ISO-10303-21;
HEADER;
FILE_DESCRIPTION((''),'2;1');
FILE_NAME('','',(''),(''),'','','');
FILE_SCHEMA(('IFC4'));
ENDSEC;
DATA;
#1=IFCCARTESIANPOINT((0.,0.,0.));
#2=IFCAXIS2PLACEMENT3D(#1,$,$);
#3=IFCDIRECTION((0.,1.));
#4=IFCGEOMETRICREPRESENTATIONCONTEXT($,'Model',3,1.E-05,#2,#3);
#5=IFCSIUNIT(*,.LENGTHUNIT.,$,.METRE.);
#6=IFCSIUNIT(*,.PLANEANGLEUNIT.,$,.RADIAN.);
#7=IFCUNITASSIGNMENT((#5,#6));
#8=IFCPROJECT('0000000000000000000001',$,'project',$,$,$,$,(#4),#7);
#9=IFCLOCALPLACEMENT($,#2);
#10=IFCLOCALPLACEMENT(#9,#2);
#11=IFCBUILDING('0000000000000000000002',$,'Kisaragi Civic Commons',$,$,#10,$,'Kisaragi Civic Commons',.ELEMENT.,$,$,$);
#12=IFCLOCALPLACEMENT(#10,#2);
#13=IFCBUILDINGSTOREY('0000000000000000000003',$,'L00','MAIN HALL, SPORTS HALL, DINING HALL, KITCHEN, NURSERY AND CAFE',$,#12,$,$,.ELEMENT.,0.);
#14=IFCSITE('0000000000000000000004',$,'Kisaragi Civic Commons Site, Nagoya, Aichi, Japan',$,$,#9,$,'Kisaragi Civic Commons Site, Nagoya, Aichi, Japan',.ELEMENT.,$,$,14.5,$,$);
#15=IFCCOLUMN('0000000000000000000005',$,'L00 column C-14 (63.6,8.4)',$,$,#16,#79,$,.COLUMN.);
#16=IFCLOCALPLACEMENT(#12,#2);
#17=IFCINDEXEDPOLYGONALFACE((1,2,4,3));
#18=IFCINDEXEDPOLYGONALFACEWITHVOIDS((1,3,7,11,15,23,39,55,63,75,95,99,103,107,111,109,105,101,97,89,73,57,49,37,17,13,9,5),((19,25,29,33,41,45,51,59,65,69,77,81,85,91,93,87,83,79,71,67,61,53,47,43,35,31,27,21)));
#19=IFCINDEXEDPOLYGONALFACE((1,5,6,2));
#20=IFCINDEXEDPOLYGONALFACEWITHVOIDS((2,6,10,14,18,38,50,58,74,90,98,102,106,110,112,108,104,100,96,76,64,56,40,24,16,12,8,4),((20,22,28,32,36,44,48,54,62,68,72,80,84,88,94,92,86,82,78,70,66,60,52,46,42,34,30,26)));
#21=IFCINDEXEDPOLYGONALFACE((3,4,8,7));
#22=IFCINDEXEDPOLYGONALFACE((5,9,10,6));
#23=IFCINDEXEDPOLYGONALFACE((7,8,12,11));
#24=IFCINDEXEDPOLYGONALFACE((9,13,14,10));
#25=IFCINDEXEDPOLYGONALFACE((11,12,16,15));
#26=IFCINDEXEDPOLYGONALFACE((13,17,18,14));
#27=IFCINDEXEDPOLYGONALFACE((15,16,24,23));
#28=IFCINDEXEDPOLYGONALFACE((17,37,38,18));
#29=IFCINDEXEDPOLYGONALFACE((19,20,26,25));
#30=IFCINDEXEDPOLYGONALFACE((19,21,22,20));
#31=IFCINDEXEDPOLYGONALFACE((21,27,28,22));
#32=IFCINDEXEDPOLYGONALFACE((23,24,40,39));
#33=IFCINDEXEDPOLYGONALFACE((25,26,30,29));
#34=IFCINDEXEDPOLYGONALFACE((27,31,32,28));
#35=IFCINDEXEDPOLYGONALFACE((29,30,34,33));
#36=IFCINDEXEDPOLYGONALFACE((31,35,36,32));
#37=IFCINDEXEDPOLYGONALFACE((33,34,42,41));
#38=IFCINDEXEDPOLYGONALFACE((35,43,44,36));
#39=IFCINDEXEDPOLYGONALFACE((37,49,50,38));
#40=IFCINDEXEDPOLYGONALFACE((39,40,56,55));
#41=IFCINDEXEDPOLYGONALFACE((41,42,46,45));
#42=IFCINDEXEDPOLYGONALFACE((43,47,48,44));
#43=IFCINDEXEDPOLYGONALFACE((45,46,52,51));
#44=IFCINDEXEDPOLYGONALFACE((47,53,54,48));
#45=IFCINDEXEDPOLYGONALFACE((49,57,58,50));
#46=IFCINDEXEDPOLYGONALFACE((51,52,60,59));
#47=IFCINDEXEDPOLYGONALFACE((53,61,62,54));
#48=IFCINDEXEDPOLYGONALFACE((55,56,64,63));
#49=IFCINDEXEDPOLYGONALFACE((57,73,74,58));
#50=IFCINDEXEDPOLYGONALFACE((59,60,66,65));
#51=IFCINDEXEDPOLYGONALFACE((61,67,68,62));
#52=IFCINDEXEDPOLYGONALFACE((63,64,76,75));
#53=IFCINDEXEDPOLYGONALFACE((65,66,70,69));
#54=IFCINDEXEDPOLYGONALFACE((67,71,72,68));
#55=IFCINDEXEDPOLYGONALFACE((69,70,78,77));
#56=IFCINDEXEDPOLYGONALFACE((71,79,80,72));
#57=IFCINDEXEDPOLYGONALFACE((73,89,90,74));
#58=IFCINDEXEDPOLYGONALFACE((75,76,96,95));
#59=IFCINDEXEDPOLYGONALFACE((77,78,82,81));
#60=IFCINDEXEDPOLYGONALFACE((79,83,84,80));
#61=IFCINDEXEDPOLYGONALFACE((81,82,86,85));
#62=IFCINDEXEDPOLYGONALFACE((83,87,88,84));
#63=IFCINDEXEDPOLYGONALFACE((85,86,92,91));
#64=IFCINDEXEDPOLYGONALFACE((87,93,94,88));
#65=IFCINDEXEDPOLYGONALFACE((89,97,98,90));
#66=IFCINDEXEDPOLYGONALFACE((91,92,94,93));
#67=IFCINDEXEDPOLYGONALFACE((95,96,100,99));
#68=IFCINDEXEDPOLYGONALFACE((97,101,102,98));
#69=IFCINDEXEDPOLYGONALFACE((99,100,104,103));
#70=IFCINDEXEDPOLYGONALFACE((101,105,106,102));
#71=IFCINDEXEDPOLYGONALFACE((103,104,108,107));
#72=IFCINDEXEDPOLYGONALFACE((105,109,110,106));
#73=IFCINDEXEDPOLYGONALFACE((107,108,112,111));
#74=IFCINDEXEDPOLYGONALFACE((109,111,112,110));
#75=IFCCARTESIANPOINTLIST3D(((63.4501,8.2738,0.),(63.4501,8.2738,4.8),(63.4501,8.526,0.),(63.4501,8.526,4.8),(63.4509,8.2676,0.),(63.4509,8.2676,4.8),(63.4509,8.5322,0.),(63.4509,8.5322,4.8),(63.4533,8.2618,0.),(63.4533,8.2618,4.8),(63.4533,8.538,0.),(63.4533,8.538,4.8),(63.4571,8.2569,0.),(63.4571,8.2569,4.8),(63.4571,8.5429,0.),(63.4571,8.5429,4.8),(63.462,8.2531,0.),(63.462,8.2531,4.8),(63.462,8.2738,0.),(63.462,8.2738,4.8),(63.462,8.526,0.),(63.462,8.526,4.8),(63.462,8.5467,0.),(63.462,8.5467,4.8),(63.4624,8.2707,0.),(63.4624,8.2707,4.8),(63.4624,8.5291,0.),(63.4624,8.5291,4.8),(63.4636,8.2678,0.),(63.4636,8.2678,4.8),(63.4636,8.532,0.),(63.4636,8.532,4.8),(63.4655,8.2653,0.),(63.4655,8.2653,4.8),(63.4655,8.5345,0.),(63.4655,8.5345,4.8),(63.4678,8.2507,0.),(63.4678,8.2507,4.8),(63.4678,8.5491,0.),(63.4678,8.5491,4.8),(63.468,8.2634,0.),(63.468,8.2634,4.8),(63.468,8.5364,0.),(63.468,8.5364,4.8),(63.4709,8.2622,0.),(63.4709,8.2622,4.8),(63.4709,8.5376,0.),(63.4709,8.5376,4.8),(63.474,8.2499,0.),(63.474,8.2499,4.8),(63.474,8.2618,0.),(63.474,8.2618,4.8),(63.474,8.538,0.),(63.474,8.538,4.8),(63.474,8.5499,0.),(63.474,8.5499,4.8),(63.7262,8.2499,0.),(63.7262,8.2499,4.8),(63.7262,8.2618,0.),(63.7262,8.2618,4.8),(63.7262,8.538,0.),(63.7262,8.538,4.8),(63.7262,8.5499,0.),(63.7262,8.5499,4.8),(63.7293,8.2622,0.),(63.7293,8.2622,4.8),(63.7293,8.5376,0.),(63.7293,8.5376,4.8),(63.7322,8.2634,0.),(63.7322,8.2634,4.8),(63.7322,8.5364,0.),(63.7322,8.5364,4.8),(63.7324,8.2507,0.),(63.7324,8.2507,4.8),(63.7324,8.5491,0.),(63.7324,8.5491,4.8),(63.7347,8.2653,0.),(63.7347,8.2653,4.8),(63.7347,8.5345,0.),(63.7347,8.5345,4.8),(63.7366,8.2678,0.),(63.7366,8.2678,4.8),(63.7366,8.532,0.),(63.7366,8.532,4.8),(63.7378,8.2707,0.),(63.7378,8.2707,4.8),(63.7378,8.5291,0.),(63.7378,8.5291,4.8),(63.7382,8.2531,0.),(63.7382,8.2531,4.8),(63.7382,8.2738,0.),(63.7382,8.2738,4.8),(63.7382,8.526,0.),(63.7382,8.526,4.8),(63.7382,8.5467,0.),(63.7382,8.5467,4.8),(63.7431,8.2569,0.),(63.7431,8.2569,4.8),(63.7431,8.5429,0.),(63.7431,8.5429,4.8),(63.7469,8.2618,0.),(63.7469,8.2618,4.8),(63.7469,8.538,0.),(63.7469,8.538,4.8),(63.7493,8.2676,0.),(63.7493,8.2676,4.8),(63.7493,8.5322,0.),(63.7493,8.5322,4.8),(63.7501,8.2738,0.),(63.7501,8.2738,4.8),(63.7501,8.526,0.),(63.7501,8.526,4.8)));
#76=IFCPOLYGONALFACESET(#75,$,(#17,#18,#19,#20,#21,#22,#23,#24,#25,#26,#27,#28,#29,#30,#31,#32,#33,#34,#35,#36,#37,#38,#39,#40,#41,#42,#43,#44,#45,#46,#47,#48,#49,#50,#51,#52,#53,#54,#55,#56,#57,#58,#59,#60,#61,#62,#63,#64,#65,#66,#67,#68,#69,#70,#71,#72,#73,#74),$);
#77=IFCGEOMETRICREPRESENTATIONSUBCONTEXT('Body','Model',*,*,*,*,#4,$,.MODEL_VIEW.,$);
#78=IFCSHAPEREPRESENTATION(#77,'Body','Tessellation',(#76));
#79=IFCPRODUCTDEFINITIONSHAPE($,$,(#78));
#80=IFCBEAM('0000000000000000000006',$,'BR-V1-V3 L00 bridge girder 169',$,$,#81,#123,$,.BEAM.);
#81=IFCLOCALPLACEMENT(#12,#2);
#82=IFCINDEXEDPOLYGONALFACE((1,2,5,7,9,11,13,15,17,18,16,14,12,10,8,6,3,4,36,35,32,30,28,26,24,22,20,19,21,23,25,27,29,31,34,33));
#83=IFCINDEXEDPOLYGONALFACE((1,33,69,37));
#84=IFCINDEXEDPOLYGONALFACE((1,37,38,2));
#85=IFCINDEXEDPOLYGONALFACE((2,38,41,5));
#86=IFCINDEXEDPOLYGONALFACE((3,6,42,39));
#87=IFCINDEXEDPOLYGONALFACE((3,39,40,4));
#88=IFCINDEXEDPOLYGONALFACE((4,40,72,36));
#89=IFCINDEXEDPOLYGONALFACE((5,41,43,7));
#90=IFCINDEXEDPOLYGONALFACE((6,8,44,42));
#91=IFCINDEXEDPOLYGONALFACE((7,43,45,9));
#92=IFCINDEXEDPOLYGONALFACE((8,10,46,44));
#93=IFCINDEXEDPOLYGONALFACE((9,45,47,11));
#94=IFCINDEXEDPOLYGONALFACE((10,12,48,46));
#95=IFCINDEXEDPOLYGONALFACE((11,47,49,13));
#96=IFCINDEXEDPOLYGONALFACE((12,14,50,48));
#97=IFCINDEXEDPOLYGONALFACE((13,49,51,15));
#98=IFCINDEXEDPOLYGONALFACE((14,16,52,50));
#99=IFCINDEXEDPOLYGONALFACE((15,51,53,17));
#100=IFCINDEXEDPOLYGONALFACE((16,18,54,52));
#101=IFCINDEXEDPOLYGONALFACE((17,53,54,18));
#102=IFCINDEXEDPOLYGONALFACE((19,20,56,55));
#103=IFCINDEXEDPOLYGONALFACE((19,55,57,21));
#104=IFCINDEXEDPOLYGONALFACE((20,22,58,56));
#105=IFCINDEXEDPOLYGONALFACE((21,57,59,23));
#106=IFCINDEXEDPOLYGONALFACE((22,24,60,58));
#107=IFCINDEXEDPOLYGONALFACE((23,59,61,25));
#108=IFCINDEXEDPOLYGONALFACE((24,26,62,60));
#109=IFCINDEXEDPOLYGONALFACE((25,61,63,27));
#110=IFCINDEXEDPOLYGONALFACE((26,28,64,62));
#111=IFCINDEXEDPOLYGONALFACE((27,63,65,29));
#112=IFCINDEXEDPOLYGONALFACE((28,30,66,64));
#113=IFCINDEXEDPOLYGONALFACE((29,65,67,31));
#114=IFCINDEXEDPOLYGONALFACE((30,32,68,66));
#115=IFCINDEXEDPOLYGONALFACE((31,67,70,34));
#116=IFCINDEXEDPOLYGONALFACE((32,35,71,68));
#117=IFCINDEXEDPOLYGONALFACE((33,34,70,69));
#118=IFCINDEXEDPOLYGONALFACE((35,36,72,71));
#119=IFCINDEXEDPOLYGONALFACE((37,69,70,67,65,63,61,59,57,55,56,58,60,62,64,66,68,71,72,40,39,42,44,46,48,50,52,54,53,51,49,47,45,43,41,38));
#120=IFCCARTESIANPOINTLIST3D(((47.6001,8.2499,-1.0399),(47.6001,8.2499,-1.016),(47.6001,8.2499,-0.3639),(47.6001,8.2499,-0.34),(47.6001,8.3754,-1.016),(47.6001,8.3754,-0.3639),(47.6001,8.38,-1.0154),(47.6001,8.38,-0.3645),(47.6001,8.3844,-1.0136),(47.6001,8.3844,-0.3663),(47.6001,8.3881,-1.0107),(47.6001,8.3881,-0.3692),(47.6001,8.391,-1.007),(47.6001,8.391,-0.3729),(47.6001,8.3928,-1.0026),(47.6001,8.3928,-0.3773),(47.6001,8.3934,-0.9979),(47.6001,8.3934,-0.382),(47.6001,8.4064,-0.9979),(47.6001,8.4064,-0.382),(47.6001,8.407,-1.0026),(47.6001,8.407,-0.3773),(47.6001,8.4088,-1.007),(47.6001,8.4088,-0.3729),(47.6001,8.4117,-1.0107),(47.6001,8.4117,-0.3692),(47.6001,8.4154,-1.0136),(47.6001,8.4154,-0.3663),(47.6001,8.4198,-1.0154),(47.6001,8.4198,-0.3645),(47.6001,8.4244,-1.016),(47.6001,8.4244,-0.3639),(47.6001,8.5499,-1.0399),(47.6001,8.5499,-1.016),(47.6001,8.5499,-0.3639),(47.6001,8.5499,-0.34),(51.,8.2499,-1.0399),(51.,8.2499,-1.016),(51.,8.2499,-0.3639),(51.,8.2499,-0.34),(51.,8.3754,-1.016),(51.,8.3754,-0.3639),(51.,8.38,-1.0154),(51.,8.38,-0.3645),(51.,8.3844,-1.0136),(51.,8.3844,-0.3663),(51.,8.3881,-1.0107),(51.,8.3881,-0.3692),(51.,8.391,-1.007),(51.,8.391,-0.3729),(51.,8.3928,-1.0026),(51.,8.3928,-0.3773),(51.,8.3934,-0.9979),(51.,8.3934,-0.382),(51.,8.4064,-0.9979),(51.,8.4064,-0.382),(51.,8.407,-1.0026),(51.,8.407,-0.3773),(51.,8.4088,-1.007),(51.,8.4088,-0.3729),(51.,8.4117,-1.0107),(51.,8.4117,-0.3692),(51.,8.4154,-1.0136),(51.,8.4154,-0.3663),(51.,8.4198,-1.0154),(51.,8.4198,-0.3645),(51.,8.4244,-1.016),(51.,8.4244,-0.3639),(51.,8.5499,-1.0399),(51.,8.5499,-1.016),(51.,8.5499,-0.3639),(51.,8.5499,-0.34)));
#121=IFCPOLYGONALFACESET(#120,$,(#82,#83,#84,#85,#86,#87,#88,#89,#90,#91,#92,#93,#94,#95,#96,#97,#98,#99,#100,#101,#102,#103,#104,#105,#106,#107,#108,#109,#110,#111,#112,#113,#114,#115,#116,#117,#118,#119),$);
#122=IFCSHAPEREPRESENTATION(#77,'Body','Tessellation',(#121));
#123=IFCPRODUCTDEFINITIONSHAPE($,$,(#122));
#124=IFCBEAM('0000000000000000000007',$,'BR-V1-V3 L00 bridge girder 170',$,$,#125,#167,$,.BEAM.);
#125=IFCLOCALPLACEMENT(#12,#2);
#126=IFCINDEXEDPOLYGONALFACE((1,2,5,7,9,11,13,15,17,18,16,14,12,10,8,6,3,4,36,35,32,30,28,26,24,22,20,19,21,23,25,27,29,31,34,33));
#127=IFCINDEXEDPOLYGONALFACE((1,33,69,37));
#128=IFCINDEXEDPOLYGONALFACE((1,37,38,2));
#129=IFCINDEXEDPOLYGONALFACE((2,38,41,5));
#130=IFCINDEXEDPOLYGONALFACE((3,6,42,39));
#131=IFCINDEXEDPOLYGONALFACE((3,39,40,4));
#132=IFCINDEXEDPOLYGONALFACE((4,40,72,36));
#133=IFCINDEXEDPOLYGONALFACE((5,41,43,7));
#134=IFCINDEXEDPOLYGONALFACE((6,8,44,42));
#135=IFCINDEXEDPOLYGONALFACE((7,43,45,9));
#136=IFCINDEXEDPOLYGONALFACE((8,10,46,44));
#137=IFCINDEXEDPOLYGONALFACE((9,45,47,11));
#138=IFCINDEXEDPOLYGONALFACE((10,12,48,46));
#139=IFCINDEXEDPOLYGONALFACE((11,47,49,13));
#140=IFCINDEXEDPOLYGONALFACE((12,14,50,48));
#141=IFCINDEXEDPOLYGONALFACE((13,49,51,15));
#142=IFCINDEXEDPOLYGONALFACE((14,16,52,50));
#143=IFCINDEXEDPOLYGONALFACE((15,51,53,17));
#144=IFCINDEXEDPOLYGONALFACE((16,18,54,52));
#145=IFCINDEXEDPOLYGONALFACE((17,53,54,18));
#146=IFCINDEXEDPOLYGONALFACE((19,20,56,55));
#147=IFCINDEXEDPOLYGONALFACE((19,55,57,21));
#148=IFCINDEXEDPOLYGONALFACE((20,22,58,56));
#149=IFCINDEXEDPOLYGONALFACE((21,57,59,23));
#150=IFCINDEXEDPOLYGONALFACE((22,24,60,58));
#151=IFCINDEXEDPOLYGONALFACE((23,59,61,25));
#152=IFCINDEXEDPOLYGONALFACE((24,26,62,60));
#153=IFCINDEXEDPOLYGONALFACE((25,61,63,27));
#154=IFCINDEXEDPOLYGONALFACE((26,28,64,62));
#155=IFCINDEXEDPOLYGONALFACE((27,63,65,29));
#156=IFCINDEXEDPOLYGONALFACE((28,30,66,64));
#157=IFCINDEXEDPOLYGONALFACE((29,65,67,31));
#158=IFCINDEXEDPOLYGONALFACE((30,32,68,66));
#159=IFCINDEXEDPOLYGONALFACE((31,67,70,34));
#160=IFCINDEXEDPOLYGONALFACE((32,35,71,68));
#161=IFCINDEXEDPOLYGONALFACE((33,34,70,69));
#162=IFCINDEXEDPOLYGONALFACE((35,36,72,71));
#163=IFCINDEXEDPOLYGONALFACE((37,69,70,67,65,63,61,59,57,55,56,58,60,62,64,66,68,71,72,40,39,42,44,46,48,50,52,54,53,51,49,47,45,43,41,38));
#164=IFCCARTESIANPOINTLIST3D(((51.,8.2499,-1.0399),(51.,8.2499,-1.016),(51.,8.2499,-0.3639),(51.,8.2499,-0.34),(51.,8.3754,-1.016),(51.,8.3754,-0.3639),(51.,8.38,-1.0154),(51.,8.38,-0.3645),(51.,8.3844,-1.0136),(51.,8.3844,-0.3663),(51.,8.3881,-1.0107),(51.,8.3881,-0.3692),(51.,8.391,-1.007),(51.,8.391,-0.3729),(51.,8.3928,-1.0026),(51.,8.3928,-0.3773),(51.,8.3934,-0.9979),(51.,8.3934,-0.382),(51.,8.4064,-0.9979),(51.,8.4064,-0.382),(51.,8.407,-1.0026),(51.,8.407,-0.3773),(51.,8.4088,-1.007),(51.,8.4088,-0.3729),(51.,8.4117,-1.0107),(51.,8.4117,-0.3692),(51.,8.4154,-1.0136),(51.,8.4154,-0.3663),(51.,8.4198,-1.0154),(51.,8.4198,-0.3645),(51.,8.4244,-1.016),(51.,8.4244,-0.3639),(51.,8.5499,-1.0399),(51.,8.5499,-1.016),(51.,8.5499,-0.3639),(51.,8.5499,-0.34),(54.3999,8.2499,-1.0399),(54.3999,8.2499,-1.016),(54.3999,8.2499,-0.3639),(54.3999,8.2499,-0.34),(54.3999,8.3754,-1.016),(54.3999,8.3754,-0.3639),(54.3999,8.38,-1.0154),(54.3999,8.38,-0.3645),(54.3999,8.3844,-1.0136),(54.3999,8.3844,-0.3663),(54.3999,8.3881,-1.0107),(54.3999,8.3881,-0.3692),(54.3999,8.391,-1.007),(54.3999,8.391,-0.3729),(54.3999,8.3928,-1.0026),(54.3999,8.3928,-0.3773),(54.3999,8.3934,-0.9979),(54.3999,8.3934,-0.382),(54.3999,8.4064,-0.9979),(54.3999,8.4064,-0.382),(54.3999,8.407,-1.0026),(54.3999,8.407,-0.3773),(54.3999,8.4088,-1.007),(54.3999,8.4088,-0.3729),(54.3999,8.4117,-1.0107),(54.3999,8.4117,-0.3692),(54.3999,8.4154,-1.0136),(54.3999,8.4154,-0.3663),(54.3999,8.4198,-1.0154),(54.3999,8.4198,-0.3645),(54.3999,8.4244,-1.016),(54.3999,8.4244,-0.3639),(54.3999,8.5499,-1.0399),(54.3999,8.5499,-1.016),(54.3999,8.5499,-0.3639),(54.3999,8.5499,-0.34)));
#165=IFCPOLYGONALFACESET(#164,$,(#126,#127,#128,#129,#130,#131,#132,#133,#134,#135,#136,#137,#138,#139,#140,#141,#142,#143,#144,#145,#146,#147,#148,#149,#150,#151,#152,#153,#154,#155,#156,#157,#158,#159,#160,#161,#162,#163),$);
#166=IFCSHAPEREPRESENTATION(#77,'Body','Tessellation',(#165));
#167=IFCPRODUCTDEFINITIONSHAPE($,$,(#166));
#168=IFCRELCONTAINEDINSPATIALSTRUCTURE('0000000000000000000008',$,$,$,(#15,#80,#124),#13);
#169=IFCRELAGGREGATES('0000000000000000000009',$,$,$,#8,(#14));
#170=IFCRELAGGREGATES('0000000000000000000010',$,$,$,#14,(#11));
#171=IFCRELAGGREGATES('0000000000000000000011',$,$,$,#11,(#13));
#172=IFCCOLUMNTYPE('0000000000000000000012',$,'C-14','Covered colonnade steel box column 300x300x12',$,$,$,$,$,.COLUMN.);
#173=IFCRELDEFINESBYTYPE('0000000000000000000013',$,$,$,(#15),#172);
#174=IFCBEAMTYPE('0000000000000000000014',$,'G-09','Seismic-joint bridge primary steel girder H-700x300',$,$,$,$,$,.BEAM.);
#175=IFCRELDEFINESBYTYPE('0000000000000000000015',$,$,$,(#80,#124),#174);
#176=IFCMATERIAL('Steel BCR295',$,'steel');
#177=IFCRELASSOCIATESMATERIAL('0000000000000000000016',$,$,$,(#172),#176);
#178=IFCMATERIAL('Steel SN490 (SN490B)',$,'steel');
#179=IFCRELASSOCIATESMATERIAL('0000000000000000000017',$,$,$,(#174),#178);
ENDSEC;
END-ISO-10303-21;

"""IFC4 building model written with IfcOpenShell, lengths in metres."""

from ifc_helpers import new_model, si_unit, direction, frame, origin, origin_2d, place, context, subcontext, project, spatial, hollow_rectangle, i_section, extrude, material, material_profile, profile_set, type_object, element, save


model = new_model("IFC4")

# Units and contexts
model_context = context("Model", 3, precision=1e-05, world=origin(), true_north=direction((0.0, 1.0)))
body_context = subcontext(model_context, "Body", "Model", "MODEL_VIEW")
ifc_project = project(units=[si_unit("LENGTHUNIT", "METRE"), si_unit("PLANEANGLEUNIT", "RADIAN")], contexts=[model_context])

# Site, building, storey
site_placement = place(None, origin())
site = spatial("IfcSite", under=ifc_project, at=site_placement, Name="Kisaragi Civic Commons Site, Nagoya, Aichi, Japan", LongName="Kisaragi Civic Commons Site, Nagoya, Aichi, Japan", CompositionType="ELEMENT", RefElevation=14.5)
building_placement = place(site_placement, origin())
building = spatial("IfcBuilding", under=site, at=building_placement, Name="Kisaragi Civic Commons", LongName="Kisaragi Civic Commons", CompositionType="ELEMENT")
storey_placement = place(building_placement, origin())
storey = spatial("IfcBuildingStorey", under=building, at=storey_placement, Name="L00", Description="MAIN HALL, SPORTS HALL, DINING HALL, KITCHEN, NURSERY AND CAFE", CompositionType="ELEMENT", Elevation=0.0)

# Column
ifc_material_1 = material(Name="Steel BCR295", Category="steel")
ifc_material_profile_1 = material_profile(ifc_material_1, hollow_rectangle(XDim=0.3, YDim=0.3, WallThickness=0.012, InnerFilletRadius=0.012, OuterFilletRadius=0.0239, at=origin_2d()), Name="BCR-300x300x12", Category="steel")
ifc_profile_set_1 = profile_set([ifc_material_profile_1], Name="Steel BCR295")
column_type_1 = type_object("IfcColumnType", Name="C-14", Description="Covered colonnade steel box column 300x300x12", PredefinedType="COLUMN", material=ifc_profile_set_1)
for number, where, z_axis, x_axis, name in (
    (1, (63.6001, 8.3999, 0.0), (0.0, 0.0, 1.0), (1.0, 0.0, 0.0), "L00 column C-14 (63.6,8.4)"),
):
    element("IfcColumn", number, at=place(storey_placement, frame(where, z_axis=z_axis, x_axis=x_axis)), inside=storey, type_object=column_type_1, Name=name, PredefinedType="COLUMN", context=body_context, shape_type="SweptSolid", body=[
        extrude(hollow_rectangle(XDim=0.3, YDim=0.3, WallThickness=0.012, InnerFilletRadius=0.012, OuterFilletRadius=0.0239, at=origin_2d()), origin(), (0.0, 0.0, 1.0), 4.8),
    ])

# Beams
ifc_material_2 = material(Name="Steel SN490 (SN490B)", Category="steel")
ifc_material_profile_2 = material_profile(ifc_material_2, i_section(OverallWidth=0.3, OverallDepth=0.7, WebThickness=0.0129, FlangeThickness=0.0239, FilletRadius=0.0181, at=origin_2d()), Name="H-700x300x13x24", Category="steel")
ifc_profile_set_2 = profile_set([ifc_material_profile_2], Name="Steel SN490 (SN490B)")
beam_type_1 = type_object("IfcBeamType", Name="G-09", Description="Seismic-joint bridge primary steel girder H-700x300", PredefinedType="BEAM", material=ifc_profile_set_2)
for number, where, z_axis, x_axis, name in (
    (2, (47.6001, 8.3999, -0.6899), (1.0, 0.0, 0.0), (0.0, 1.0, 0.0), "BR-V1-V3 L00 bridge girder 169"),
    (3, (51.0, 8.3999, -0.6899), (1.0, 0.0, 0.0), (0.0, 1.0, 0.0), "BR-V1-V3 L00 bridge girder 170"),
):
    element("IfcBeam", number, at=place(storey_placement, frame(where, z_axis=z_axis, x_axis=x_axis)), inside=storey, type_object=beam_type_1, Name=name, PredefinedType="BEAM", context=body_context, shape_type="SweptSolid", body=[
        extrude(i_section(OverallWidth=0.3, OverallDepth=0.7, WebThickness=0.0129, FlangeThickness=0.0239, FilletRadius=0.0181, at=origin_2d()), origin(), (0.0, 0.0, 1.0), 3.3999),
    ])

save(model, "model.ifc")
